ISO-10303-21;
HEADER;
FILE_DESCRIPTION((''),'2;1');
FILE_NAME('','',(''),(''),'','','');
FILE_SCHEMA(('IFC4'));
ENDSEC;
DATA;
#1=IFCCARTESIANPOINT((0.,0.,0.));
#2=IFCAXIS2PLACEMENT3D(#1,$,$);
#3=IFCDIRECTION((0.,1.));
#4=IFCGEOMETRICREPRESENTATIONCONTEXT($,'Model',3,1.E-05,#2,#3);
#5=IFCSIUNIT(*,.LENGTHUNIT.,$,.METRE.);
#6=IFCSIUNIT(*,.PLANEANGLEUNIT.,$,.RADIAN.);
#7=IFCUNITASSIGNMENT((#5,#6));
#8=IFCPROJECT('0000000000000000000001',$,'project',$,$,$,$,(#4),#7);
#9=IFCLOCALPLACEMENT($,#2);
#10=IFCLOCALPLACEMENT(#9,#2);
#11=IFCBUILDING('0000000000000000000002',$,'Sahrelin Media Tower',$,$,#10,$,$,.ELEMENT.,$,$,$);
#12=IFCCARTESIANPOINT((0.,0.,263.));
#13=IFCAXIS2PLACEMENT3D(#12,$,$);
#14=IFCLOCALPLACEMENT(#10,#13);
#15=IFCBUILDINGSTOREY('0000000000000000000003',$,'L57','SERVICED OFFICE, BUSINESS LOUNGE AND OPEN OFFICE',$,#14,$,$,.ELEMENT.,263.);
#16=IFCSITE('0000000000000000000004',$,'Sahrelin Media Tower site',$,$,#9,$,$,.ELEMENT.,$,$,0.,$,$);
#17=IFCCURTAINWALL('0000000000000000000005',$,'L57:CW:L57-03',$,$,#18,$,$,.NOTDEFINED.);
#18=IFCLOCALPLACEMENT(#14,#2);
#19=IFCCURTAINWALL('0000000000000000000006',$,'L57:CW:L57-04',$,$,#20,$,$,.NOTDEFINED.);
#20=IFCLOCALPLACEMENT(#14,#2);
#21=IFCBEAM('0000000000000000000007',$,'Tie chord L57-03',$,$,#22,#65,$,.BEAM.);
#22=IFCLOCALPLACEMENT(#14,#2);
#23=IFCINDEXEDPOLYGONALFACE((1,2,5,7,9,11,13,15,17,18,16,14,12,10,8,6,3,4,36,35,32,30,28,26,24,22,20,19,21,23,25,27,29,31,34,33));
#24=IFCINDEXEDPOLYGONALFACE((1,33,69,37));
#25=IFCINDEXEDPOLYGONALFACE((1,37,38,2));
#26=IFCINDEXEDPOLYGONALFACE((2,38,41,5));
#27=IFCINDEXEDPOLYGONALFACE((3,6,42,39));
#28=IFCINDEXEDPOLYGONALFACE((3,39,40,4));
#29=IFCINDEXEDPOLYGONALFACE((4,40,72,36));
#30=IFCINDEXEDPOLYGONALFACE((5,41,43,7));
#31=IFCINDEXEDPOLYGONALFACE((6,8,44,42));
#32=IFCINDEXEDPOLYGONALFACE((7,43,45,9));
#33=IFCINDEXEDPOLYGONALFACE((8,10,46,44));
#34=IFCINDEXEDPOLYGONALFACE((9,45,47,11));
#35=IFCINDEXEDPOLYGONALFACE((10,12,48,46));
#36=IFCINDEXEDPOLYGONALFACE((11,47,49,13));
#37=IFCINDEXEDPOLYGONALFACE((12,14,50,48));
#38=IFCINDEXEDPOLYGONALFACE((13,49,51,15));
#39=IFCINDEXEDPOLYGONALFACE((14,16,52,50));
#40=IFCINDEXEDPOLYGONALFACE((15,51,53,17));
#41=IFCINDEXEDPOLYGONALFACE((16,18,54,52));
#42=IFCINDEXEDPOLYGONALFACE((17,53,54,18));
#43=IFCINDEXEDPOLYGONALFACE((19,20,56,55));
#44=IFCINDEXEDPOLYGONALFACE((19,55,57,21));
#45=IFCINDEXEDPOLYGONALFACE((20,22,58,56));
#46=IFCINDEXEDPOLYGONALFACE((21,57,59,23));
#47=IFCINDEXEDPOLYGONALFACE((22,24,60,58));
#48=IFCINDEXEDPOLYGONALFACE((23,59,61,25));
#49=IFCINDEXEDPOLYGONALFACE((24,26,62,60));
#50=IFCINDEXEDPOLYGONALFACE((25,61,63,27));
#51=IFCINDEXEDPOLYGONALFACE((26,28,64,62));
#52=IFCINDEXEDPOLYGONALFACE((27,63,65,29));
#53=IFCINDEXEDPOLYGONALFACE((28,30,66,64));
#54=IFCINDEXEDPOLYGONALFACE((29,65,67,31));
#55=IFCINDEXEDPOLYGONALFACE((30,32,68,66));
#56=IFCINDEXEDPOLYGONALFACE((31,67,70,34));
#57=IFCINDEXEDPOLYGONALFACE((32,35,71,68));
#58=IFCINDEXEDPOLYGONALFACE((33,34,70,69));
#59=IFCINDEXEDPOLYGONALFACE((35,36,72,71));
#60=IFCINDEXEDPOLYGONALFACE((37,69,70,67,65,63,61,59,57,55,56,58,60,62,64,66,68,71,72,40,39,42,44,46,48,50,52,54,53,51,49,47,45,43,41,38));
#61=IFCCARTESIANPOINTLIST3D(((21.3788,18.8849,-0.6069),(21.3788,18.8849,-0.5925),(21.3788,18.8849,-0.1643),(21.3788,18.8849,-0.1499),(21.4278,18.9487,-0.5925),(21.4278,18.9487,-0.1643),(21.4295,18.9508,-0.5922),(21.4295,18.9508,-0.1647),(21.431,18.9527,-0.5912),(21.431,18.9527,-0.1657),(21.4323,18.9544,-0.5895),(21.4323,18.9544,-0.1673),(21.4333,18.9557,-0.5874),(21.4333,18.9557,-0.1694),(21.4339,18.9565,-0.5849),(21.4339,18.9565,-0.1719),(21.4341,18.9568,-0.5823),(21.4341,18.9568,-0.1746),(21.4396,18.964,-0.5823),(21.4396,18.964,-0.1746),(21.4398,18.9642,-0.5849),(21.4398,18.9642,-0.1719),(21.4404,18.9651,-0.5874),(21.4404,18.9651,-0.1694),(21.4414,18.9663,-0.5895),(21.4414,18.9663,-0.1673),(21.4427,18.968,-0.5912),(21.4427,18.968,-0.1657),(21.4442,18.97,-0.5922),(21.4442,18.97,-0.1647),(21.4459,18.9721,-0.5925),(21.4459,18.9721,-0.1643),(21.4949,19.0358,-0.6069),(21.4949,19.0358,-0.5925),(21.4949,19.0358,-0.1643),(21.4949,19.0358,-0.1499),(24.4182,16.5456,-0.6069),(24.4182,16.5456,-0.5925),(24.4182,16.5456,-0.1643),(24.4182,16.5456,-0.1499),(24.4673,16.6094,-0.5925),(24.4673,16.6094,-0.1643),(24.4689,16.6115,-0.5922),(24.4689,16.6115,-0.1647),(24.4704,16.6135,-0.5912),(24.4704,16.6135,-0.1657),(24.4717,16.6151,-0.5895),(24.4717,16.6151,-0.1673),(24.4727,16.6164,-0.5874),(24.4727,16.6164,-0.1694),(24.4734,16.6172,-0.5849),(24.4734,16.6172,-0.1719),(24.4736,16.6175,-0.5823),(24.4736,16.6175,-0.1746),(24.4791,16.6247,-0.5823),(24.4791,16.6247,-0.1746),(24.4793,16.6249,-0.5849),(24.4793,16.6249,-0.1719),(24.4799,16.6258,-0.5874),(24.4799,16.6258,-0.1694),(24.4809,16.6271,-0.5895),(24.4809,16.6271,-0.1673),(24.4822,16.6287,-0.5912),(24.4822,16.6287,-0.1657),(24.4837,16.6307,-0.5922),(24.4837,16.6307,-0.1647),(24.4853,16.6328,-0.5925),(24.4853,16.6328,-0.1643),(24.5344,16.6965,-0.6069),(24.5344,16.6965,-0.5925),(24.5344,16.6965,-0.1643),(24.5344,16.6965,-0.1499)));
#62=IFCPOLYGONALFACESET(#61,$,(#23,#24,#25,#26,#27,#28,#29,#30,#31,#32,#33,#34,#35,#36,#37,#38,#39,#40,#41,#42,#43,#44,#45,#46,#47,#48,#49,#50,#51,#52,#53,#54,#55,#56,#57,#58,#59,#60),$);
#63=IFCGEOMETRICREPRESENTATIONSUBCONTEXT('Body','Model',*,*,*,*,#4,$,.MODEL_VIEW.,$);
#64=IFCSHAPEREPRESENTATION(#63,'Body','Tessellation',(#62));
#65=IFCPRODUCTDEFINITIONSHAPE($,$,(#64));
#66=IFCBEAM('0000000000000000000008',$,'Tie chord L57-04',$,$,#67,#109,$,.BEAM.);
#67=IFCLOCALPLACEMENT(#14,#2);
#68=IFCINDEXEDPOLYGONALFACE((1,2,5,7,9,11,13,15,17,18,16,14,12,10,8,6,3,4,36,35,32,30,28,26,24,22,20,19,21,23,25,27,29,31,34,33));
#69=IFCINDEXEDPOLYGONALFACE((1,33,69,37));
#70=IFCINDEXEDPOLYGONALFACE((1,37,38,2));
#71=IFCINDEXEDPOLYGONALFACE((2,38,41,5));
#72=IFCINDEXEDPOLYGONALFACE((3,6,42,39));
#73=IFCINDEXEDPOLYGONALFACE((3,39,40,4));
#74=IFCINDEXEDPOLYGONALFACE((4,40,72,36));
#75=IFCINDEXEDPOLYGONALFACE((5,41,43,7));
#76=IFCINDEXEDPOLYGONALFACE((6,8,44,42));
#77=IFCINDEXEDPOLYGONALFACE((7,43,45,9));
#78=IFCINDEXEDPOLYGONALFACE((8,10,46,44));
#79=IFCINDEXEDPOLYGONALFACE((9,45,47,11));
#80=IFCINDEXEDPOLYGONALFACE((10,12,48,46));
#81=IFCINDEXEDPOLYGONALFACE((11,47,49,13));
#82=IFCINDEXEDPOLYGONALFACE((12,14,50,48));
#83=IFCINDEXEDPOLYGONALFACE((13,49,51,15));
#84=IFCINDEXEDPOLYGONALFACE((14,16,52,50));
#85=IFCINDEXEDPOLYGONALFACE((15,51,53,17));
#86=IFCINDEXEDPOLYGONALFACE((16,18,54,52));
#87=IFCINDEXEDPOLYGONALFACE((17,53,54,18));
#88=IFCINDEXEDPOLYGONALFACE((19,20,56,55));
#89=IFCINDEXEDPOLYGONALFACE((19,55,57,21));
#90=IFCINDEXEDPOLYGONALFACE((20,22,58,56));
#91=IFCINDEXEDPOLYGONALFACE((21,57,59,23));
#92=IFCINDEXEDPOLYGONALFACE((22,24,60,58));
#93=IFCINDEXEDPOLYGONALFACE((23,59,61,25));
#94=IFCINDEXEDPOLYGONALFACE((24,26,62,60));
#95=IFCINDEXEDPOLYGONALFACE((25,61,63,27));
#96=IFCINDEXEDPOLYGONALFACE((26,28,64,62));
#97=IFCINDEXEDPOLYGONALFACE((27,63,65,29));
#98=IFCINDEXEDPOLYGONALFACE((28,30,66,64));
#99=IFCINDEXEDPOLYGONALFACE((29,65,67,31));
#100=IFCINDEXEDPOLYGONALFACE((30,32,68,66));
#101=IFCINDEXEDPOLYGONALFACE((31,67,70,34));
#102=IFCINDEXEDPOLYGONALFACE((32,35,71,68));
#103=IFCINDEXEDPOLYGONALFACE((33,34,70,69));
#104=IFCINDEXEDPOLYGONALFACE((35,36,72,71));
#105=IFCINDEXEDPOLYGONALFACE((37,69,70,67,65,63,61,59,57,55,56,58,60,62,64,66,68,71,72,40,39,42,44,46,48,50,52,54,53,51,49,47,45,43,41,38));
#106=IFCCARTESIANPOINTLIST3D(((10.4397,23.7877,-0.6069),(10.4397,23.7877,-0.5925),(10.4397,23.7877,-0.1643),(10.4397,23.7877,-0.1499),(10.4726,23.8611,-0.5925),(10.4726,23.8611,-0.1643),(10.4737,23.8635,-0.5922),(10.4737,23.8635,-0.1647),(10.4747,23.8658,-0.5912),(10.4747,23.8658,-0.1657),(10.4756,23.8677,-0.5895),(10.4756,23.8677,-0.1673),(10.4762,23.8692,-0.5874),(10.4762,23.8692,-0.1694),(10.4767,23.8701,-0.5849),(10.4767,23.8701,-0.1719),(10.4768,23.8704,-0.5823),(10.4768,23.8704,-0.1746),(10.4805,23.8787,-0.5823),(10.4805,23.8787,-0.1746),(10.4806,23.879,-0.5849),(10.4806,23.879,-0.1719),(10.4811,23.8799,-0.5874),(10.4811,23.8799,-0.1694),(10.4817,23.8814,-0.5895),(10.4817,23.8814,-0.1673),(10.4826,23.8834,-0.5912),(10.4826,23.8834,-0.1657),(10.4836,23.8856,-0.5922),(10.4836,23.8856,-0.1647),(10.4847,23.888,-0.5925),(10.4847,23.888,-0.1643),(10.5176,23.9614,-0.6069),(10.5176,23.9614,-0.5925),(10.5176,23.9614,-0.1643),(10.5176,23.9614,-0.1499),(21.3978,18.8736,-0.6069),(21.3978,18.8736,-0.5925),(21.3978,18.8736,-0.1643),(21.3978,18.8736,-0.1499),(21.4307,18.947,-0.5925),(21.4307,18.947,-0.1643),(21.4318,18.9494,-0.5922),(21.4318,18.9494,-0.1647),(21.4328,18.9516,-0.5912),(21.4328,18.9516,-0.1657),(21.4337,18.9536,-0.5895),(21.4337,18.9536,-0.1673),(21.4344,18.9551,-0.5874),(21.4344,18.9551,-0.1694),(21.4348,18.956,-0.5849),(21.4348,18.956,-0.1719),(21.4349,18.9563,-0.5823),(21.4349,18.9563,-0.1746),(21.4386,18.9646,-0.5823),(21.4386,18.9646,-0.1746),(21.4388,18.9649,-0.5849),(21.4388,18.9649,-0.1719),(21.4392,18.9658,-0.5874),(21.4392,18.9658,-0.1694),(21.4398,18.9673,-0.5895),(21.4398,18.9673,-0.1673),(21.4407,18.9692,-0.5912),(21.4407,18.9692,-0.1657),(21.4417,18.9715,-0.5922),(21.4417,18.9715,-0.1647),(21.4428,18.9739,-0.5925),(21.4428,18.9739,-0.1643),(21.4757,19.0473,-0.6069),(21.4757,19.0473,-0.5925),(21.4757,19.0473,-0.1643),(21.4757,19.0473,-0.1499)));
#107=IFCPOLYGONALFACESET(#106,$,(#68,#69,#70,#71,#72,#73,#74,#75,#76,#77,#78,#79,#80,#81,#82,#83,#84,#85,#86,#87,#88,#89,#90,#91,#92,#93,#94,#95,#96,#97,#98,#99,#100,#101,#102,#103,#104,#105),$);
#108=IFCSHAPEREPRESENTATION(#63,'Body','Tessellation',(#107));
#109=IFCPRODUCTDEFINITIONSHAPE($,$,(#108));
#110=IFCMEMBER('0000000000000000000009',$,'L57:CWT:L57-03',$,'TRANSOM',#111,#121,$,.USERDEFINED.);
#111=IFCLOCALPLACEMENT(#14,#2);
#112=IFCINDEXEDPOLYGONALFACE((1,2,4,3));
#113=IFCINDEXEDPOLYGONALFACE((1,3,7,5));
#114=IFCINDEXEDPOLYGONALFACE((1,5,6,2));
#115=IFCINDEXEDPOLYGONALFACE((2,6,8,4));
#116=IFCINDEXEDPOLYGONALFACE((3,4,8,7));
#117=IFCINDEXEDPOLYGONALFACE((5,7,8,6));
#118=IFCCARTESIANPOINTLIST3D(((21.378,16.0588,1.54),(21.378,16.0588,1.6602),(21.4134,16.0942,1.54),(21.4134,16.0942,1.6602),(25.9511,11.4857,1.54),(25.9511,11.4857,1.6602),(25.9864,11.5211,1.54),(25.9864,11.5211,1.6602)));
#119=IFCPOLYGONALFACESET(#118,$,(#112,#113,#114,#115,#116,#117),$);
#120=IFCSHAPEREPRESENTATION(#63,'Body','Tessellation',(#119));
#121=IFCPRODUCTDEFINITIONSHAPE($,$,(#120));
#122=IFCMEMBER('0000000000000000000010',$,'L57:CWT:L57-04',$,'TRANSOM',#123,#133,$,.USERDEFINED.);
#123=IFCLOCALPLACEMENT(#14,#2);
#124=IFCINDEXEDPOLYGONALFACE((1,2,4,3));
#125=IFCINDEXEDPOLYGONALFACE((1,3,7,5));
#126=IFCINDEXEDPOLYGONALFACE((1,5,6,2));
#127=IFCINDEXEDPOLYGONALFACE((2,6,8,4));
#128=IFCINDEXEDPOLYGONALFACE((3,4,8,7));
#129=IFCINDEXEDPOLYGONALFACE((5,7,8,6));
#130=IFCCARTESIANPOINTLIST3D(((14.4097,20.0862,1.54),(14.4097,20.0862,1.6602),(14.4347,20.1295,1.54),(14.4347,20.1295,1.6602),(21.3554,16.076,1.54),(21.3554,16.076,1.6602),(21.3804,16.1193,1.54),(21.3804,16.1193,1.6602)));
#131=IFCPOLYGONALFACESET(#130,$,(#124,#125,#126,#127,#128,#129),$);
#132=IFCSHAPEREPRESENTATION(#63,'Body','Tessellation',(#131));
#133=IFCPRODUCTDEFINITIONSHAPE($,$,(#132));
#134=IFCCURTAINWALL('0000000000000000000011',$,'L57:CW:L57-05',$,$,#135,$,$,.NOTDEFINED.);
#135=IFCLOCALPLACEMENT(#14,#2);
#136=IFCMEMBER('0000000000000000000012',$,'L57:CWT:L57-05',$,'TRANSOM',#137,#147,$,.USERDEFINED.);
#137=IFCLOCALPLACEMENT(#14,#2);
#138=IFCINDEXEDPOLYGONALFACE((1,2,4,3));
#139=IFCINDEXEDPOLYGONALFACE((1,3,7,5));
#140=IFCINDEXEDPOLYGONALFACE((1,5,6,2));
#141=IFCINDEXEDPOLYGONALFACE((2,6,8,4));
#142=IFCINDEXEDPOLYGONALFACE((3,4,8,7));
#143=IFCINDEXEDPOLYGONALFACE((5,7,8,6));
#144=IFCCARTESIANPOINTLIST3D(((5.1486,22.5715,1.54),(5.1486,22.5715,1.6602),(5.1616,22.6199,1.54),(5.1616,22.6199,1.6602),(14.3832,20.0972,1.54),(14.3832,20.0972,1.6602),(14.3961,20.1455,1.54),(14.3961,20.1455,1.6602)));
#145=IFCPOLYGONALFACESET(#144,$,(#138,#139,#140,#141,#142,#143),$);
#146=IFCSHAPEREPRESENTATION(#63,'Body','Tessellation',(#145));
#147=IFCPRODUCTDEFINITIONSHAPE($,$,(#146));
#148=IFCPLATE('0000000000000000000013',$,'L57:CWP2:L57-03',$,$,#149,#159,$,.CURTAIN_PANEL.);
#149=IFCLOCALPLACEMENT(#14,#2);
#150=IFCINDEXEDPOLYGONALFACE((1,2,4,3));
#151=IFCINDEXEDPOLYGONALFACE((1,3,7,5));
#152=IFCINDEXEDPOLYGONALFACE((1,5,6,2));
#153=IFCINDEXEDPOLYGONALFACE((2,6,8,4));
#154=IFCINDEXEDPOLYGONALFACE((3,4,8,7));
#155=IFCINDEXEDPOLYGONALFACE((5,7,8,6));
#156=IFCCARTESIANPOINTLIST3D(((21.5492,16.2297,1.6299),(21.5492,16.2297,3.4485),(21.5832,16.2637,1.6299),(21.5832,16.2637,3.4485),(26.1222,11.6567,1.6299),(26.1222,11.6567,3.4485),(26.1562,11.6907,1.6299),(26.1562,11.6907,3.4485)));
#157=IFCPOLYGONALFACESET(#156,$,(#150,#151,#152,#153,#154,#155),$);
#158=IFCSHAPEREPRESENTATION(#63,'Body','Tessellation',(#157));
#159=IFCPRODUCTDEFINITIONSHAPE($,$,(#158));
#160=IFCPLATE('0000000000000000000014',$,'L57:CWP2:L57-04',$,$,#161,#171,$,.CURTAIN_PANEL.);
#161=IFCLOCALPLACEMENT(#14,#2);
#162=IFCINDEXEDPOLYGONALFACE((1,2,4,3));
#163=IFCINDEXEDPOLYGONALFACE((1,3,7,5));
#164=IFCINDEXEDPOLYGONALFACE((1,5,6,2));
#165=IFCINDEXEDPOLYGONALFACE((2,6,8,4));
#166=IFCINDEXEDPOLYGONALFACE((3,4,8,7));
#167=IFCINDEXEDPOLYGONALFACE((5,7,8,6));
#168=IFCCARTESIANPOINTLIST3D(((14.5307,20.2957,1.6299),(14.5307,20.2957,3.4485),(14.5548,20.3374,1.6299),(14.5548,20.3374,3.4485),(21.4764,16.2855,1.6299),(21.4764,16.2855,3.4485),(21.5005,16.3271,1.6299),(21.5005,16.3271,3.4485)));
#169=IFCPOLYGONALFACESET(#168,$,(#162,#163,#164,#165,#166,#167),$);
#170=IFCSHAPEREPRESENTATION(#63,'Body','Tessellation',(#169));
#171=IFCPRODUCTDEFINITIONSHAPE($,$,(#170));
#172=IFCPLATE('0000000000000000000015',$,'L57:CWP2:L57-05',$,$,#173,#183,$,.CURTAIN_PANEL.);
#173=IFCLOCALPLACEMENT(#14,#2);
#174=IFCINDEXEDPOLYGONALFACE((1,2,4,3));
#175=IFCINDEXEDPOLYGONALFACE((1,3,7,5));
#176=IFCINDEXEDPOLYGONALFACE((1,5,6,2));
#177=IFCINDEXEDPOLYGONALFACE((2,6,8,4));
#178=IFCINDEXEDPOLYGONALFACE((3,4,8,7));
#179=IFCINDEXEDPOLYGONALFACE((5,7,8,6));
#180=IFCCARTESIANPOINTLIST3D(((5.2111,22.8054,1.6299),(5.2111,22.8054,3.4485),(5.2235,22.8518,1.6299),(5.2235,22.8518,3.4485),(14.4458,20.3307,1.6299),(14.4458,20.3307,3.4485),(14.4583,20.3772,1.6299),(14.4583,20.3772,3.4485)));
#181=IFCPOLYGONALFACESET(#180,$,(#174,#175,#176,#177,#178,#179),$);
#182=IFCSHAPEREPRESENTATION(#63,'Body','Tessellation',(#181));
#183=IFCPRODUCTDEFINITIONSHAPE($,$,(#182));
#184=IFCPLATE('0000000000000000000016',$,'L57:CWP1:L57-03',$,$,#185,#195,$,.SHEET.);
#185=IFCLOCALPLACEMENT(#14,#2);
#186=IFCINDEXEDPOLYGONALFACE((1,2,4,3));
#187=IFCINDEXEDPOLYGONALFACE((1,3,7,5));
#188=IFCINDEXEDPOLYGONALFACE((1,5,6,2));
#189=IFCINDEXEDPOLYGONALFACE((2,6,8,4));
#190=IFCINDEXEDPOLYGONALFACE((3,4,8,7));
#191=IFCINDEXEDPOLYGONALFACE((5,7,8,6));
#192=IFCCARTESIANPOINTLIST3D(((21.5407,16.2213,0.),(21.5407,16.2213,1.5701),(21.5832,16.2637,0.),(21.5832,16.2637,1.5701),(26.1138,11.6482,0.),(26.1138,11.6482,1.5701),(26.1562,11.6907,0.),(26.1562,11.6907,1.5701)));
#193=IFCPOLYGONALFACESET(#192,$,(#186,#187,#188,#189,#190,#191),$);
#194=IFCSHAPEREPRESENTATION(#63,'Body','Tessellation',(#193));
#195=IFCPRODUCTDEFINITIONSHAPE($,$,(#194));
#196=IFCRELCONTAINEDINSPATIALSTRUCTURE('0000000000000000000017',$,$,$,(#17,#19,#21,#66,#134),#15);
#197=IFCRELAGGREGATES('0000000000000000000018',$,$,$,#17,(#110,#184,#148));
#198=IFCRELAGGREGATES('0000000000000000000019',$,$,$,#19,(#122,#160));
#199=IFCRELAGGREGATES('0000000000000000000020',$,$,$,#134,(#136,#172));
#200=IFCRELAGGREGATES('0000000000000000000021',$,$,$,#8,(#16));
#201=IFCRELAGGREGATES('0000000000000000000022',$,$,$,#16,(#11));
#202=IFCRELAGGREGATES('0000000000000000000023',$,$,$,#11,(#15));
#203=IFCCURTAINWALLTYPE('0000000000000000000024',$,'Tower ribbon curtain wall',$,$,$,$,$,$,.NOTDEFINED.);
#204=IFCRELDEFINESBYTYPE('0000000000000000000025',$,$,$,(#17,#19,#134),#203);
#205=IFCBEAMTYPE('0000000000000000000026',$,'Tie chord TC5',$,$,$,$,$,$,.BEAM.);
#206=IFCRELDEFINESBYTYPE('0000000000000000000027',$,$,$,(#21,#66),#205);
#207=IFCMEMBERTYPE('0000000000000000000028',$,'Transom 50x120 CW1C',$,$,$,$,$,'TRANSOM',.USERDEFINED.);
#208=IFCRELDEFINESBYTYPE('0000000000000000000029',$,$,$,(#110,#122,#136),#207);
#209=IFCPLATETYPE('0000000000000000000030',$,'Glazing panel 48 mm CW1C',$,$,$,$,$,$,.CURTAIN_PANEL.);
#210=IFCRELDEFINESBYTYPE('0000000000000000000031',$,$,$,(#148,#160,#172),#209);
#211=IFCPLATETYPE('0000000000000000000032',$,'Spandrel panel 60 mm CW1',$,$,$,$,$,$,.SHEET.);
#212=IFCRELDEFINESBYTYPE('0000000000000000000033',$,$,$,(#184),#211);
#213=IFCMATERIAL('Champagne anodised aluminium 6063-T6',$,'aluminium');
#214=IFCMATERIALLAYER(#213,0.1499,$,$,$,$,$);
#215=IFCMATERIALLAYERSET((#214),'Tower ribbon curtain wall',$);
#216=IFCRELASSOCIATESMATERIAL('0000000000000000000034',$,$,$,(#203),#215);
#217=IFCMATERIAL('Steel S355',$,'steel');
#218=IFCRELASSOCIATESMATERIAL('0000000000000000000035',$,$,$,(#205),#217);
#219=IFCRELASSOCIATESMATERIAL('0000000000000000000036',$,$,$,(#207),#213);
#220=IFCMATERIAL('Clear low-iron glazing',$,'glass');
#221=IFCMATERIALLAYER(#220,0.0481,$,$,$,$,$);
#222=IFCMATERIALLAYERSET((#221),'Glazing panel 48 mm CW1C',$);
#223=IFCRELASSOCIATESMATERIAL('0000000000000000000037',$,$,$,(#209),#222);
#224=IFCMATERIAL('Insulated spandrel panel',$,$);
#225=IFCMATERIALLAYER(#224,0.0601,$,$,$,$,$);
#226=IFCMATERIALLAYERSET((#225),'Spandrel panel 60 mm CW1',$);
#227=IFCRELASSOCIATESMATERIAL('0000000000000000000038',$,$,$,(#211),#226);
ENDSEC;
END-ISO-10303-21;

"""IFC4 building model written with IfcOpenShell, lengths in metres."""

from ifc_helpers import new_model, si_unit, direction, frame, origin, origin_2d, place, context, subcontext, project, spatial, polyline, rectangle, i_section, outline, extrude, material, layer, layer_set, material_profile, profile_set, type_object, element, aggregate, save


model = new_model("IFC4")

# Units and contexts
model_context = context("Model", 3, precision=1e-05, world=origin(), true_north=direction((0.0, 1.0)))
body_context = subcontext(model_context, "Body", "Model", "MODEL_VIEW")
ifc_project = project(units=[si_unit("LENGTHUNIT", "METRE"), si_unit("PLANEANGLEUNIT", "RADIAN")], contexts=[model_context])

# Site, building, storey
site_placement = place(None, origin())
site = spatial("IfcSite", under=ifc_project, at=site_placement, Name="Sahrelin Media Tower site", CompositionType="ELEMENT", RefElevation=0.0)
building_placement = place(site_placement, origin())
building = spatial("IfcBuilding", under=site, at=building_placement, Name="Sahrelin Media Tower", CompositionType="ELEMENT")
storey_placement = place(building_placement, frame((0.0, 0.0, 263.0)))
storey = spatial("IfcBuildingStorey", under=building, at=storey_placement, Name="L57", Description="SERVICED OFFICE, BUSINESS LOUNGE AND OPEN OFFICE", CompositionType="ELEMENT", Elevation=263.0)

# Shared definitions
ifc_material_1 = material(Name="Steel S355", Category="steel")

# Curtain walls
ifc_material_2 = material(Name="Champagne anodised aluminium 6063-T6", Category="aluminium")
ifc_layer_1 = layer(ifc_material_2, 0.1499)
ifc_layer_set_1 = layer_set([ifc_layer_1], Name="Tower ribbon curtain wall")
curtain_wall_type = type_object("IfcCurtainWallType", Name="Tower ribbon curtain wall", PredefinedType="NOTDEFINED", material=ifc_layer_set_1)
curtain_wall_1_placement = place(storey_placement, frame((23.8555, 13.9629, 0.0), z_axis=(0.0, 0.0, 1.0), x_axis=(1.0, 0.0, 0.0)))
curtain_wall_1 = element("IfcCurtainWall", 1, at=curtain_wall_1_placement, inside=storey, type_object=curtain_wall_type, Name="L57:CW:L57-03", PredefinedType="NOTDEFINED")
curtain_wall_2_placement = place(storey_placement, frame((18.0176, 18.3149, 0.0), z_axis=(0.0, 0.0, 1.0), x_axis=(1.0, 0.0, 0.0)))
curtain_wall_2 = element("IfcCurtainWall", 2, at=curtain_wall_2_placement, inside=storey, type_object=curtain_wall_type, Name="L57:CW:L57-04", PredefinedType="NOTDEFINED")

# Beams
ifc_material_profile_1 = material_profile(ifc_material_1, i_section(OverallWidth=0.1904, OverallDepth=0.457, WebThickness=0.009, FlangeThickness=0.0144, FilletRadius=0.0103, at=origin_2d()), Name="UB 457x191x74")
ifc_profile_set_1 = profile_set([ifc_material_profile_1], Name="Steel S355")
beam_type_1 = type_object("IfcBeamType", Name="Tie chord TC5", PredefinedType="BEAM", material=ifc_profile_set_1)
beam_1_placement = place(storey_placement, frame((24.4763, 16.6211, -0.3784), z_axis=(-0.792468, 0.609914, 0.0), x_axis=(-0.609914, -0.792468, 0.0)))
element("IfcBeam", 3, at=beam_1_placement, inside=storey, type_object=beam_type_1, Name="Tie chord L57-03", PredefinedType="BEAM", context=body_context, shape_type="SweptSolid", body=[
    extrude(i_section(OverallWidth=0.1904, OverallDepth=0.457, WebThickness=0.009, FlangeThickness=0.0144, FilletRadius=0.0103, at=origin_2d()), origin(), (0.0, 0.0, 1.0), 3.8354),
])
beam_2_placement = place(storey_placement, frame((21.4368, 18.9604, -0.3784), z_axis=(-0.912452, 0.409184, 0.0), x_axis=(-0.409184, -0.912452, 0.0)))
element("IfcBeam", 4, at=beam_2_placement, inside=storey, type_object=beam_type_1, Name="Tie chord L57-04", PredefinedType="BEAM", context=body_context, shape_type="SweptSolid", body=[
    extrude(i_section(OverallWidth=0.1904, OverallDepth=0.457, WebThickness=0.009, FlangeThickness=0.0144, FilletRadius=0.0103, at=origin_2d()), origin(), (0.0, 0.0, 1.0), 12.0095),
])

# Members
ifc_material_profile_2 = material_profile(ifc_material_2, rectangle(XDim=0.05, YDim=0.1201, at=origin_2d()), Name="Transom 50x120")
ifc_profile_set_2 = profile_set([ifc_material_profile_2], Name="Champagne anodised aluminium 6063-T6")
member_type_1 = type_object("IfcMemberType", Name="Transom 50x120 CW1C", ElementType="TRANSOM", PredefinedType="USERDEFINED", material=ifc_profile_set_2)
member_1_placement = place(storey_placement, frame((25.9688, 11.5034, 1.6001), z_axis=(-0.707107, 0.707107, 0.0), x_axis=(-0.707107, -0.707107, 0.0)))
member_1 = element("IfcMember", 5, at=member_1_placement, type_object=member_type_1, Name="L57:CWT:L57-03", ObjectType="TRANSOM", PredefinedType="USERDEFINED", context=body_context, shape_type="SweptSolid", body=[
    extrude(rectangle(XDim=0.05, YDim=0.1201, at=origin_2d()), origin(), (0.0, 0.0, 1.0), 6.4673),
])
member_2_placement = place(storey_placement, frame((21.3679, 16.0977, 1.6001), z_axis=(-0.86602, 0.500009, 0.0), x_axis=(-0.500009, -0.86602, 0.0)))
member_2 = element("IfcMember", 6, at=member_2_placement, type_object=member_type_1, Name="L57:CWT:L57-04", ObjectType="TRANSOM", PredefinedType="USERDEFINED", context=body_context, shape_type="SweptSolid", body=[
    extrude(rectangle(XDim=0.05, YDim=0.1201, at=origin_2d()), origin(), (0.0, 0.0, 1.0), 8.0203),
])

# Curtain wall, member
curtain_wall_3_placement = place(storey_placement, frame((9.8357, 21.5952, 0.0), z_axis=(0.0, 0.0, 1.0), x_axis=(1.0, 0.0, 0.0)))
curtain_wall_3 = element("IfcCurtainWall", 7, at=curtain_wall_3_placement, inside=storey, type_object=curtain_wall_type, Name="L57:CW:L57-05", PredefinedType="NOTDEFINED")
member_3_placement = place(storey_placement, frame((14.3896, 20.1213, 1.6001), z_axis=(-0.965927, 0.258815, 0.0), x_axis=(-0.258815, -0.965927, 0.0)))
member_3 = element("IfcMember", 8, at=member_3_placement, type_object=member_type_1, Name="L57:CWT:L57-05", ObjectType="TRANSOM", PredefinedType="USERDEFINED", context=body_context, shape_type="SweptSolid", body=[
    extrude(rectangle(XDim=0.05, YDim=0.1201, at=origin_2d()), origin(), (0.0, 0.0, 1.0), 9.5603),
])

# Plates
ifc_material_3 = material(Name="Clear low-iron glazing", Category="glass")
ifc_layer_2 = layer(ifc_material_3, 0.0481)
ifc_layer_set_2 = layer_set([ifc_layer_2], Name="Glazing panel 48 mm CW1C")
plate_type_1 = type_object("IfcPlateType", Name="Glazing panel 48 mm CW1C", PredefinedType="CURTAIN_PANEL", material=ifc_layer_set_2)
plate_1_placement = place(storey_placement, frame((26.1562, 11.6907, 1.6299), z_axis=(0.707107, 0.707107, 0.0), x_axis=(-0.707107, 0.707107, 0.0)))
plate_1 = element("IfcPlate", 9, at=plate_1_placement, type_object=plate_type_1, Name="L57:CWP2:L57-03", PredefinedType="CURTAIN_PANEL", context=body_context, shape_type="SweptSolid", body=[
    extrude(outline(polyline([(0.0, 0.0), (6.4673, 0.0), (6.4673, 1.8186), (0.0, 1.8186), (0.0, 0.0)])), origin(), (0.0, 0.0, -1.0), 0.0481),
])
plate_2_placement = place(storey_placement, frame((21.5005, 16.3271, 1.6299), z_axis=(0.500009, 0.86602, 0.0), x_axis=(-0.86602, 0.500009, 0.0)))
plate_2 = element("IfcPlate", 10, at=plate_2_placement, type_object=plate_type_1, Name="L57:CWP2:L57-04", PredefinedType="CURTAIN_PANEL", context=body_context, shape_type="SweptSolid", body=[
    extrude(outline(polyline([(0.0, 0.0), (8.0203, 0.0), (8.0203, 1.8186), (0.0, 1.8186), (0.0, 0.0)])), origin(), (0.0, 0.0, -1.0), 0.0481),
])
plate_3_placement = place(storey_placement, frame((14.4583, 20.3772, 1.6299), z_axis=(0.258839, 0.965921, 0.0), x_axis=(-0.965921, 0.258839, 0.0)))
plate_3 = element("IfcPlate", 11, at=plate_3_placement, type_object=plate_type_1, Name="L57:CWP2:L57-05", PredefinedType="CURTAIN_PANEL", context=body_context, shape_type="SweptSolid", body=[
    extrude(outline(polyline([(0.0, 0.0), (9.5605, 0.0), (9.5605, 1.8186), (0.0, 1.8186), (0.0, 0.0)])), origin(), (0.0, 0.0, -1.0), 0.0481),
])
ifc_material_4 = material(Name="Insulated spandrel panel")
ifc_layer_3 = layer(ifc_material_4, 0.0601)
ifc_layer_set_3 = layer_set([ifc_layer_3], Name="Spandrel panel 60 mm CW1")
plate_type_2 = type_object("IfcPlateType", Name="Spandrel panel 60 mm CW1", PredefinedType="SHEET", material=ifc_layer_set_3)
plate_4_placement = place(storey_placement, frame((26.1562, 11.6907, 0.0), z_axis=(0.707107, 0.707107, 0.0), x_axis=(-0.707107, 0.707107, 0.0)))
plate_4 = element("IfcPlate", 12, at=plate_4_placement, type_object=plate_type_2, Name="L57:CWP1:L57-03", PredefinedType="SHEET", context=body_context, shape_type="SweptSolid", body=[
    extrude(outline(polyline([(0.0, 0.0), (6.4673, 0.0), (6.4673, 1.5701), (0.0, 1.5701), (0.0, 0.0)])), origin(), (0.0, 0.0, -1.0), 0.0601),
])
aggregate(curtain_wall_1, [member_1, plate_4, plate_1])
aggregate(curtain_wall_2, [member_2, plate_2])
aggregate(curtain_wall_3, [member_3, plate_3])

save(model, "model.ifc")
